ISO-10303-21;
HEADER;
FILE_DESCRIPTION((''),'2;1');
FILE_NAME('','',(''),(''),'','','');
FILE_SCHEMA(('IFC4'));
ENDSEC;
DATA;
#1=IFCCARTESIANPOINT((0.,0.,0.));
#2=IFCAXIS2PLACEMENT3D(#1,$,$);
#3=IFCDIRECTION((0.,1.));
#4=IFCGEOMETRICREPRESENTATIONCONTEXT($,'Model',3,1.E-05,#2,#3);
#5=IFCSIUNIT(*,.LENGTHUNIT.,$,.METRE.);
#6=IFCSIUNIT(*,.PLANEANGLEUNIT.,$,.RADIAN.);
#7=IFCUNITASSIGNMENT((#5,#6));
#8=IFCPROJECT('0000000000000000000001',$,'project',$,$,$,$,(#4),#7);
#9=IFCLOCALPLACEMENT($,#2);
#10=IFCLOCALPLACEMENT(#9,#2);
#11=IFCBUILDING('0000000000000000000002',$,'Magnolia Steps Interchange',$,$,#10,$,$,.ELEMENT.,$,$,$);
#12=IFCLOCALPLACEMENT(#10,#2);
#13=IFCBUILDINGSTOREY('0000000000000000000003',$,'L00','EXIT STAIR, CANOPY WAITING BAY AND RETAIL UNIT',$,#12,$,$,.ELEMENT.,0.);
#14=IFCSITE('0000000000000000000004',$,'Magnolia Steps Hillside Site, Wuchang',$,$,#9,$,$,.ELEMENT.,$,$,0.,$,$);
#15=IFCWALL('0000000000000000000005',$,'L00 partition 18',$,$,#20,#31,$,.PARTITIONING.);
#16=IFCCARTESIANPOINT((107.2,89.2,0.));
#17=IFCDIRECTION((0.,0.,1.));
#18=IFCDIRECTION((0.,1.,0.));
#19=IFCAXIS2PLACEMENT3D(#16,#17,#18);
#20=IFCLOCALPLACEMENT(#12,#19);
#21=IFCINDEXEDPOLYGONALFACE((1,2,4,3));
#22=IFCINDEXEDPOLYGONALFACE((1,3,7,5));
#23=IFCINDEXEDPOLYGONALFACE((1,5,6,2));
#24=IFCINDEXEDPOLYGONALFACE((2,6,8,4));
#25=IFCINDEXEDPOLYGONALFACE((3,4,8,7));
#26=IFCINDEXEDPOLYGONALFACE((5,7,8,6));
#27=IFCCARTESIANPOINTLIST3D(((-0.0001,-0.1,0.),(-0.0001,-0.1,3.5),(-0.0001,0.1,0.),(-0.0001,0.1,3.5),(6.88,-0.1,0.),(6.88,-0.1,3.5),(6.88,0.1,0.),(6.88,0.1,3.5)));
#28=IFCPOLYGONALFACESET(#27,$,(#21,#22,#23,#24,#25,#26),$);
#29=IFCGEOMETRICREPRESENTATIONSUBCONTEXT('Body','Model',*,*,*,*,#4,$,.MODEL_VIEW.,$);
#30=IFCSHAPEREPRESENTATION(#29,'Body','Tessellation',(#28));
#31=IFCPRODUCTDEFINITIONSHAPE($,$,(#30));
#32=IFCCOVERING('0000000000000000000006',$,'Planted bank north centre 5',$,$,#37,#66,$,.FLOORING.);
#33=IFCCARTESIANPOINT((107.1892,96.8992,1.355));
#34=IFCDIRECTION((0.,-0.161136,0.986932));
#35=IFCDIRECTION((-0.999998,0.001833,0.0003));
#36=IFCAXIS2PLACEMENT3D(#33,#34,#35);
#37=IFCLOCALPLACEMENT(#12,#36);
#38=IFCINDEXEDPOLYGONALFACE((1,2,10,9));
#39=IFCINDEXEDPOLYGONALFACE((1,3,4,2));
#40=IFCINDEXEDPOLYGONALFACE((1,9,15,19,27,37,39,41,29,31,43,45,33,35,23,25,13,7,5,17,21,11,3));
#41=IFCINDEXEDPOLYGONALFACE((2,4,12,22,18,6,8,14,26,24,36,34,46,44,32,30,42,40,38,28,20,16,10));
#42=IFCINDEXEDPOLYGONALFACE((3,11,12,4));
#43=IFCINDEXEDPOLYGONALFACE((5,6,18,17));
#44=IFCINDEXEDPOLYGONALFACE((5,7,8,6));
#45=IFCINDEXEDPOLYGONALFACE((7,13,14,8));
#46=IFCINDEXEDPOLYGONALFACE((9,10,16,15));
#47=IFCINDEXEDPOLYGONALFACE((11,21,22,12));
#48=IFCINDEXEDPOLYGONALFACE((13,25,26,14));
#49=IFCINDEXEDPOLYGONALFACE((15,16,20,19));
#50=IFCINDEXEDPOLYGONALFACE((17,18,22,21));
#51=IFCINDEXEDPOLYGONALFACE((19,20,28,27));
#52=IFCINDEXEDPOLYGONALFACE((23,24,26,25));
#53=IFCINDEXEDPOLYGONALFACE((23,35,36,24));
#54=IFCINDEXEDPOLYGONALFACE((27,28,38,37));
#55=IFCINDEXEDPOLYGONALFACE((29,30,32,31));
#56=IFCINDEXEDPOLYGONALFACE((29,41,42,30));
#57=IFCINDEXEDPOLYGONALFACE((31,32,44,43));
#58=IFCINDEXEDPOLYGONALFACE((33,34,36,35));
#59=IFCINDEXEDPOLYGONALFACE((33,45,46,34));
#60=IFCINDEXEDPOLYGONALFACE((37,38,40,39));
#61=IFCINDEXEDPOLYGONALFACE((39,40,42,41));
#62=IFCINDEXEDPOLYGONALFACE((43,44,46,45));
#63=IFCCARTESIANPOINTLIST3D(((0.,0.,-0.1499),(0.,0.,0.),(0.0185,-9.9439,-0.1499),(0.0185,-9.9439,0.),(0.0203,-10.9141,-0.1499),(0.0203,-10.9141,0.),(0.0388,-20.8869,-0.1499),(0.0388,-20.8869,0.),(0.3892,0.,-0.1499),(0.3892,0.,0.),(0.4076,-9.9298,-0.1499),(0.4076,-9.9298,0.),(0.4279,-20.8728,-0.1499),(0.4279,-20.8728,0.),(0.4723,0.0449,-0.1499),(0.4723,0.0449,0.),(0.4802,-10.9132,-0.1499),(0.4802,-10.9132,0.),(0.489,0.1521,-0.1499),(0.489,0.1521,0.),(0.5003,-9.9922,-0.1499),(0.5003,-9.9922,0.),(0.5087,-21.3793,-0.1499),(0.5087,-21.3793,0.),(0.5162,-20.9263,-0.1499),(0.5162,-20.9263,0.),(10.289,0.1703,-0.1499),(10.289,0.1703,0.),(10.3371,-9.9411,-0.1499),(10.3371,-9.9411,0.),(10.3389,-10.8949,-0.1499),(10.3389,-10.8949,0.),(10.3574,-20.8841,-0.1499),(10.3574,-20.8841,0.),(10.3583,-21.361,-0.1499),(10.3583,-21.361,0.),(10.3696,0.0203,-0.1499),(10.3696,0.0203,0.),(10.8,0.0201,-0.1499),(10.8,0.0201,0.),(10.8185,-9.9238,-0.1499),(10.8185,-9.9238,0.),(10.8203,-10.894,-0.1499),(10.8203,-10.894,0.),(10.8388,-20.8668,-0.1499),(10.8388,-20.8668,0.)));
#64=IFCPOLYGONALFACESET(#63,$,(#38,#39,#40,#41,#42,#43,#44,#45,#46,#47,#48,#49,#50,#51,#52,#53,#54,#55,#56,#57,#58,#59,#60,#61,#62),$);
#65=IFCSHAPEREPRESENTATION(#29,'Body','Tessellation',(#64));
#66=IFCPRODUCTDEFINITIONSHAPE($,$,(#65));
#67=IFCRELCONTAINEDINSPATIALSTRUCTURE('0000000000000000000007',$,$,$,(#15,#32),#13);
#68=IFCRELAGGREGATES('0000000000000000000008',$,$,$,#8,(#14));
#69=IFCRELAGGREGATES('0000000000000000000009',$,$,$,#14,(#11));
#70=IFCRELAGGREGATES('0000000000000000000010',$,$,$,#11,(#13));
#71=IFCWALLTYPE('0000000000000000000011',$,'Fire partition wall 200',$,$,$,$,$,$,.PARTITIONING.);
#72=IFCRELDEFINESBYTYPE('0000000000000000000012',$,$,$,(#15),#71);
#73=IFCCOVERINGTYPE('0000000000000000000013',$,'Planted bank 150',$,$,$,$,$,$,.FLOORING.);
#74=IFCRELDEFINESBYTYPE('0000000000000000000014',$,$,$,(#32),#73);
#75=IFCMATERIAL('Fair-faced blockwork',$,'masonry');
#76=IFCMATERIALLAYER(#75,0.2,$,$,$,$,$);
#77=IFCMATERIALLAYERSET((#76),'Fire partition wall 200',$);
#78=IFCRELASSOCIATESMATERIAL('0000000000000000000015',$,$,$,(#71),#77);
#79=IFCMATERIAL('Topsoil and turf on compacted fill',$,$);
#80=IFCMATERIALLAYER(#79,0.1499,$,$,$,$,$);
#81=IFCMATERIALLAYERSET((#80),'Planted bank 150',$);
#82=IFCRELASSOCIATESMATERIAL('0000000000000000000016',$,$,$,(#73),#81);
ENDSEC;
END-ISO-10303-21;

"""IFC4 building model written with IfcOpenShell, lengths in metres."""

from ifc_helpers import new_model, si_unit, direction, frame, frame_2d, origin, place, context, subcontext, project, spatial, polyline, rectangle, outline, extrude, material, layer, layer_set, type_object, element, save


model = new_model("IFC4")

# Units and contexts
model_context = context("Model", 3, precision=1e-05, world=origin(), true_north=direction((0.0, 1.0)))
body_context = subcontext(model_context, "Body", "Model", "MODEL_VIEW")
ifc_project = project(units=[si_unit("LENGTHUNIT", "METRE"), si_unit("PLANEANGLEUNIT", "RADIAN")], contexts=[model_context])

# Site, building, storey
site_placement = place(None, origin())
site = spatial("IfcSite", under=ifc_project, at=site_placement, Name="Magnolia Steps Hillside Site, Wuchang", CompositionType="ELEMENT", RefElevation=0.0)
building_placement = place(site_placement, origin())
building = spatial("IfcBuilding", under=site, at=building_placement, Name="Magnolia Steps Interchange", CompositionType="ELEMENT")
storey_placement = place(building_placement, origin())
storey = spatial("IfcBuildingStorey", under=building, at=storey_placement, Name="L00", Description="EXIT STAIR, CANOPY WAITING BAY AND RETAIL UNIT", CompositionType="ELEMENT", Elevation=0.0)

# Shared definitions
ifc_material_1 = material(Name="Fair-faced blockwork", Category="masonry")
ifc_layer_1 = layer(ifc_material_1, 0.2)
ifc_layer_set_1 = layer_set([ifc_layer_1], Name="Fire partition wall 200")
wall_type_1 = type_object("IfcWallType", Name="Fire partition wall 200", PredefinedType="PARTITIONING", material=ifc_layer_set_1)

# Wall
wall_1_placement = place(storey_placement, frame((107.2, 89.2, 0.0), z_axis=(0.0, 0.0, 1.0), x_axis=(0.0, 1.0, 0.0)))
element("IfcWall", 1, at=wall_1_placement, inside=storey, type_object=wall_type_1, Name="L00 partition 18", PredefinedType="PARTITIONING", context=body_context, shape_type="SweptSolid", body=[
    extrude(rectangle(XDim=6.8801, YDim=0.2, at=frame_2d((3.4399, 0.0))), origin(), (0.0, 0.0, 1.0), 3.5),
])

# Covering
ifc_material_2 = material(Name="Topsoil and turf on compacted fill")
ifc_layer_2 = layer(ifc_material_2, 0.1499)
ifc_layer_set_2 = layer_set([ifc_layer_2], Name="Planted bank 150")
covering_type = type_object("IfcCoveringType", Name="Planted bank 150", PredefinedType="FLOORING", material=ifc_layer_set_2)
covering_placement = place(storey_placement, frame((107.1892, 96.8992, 1.355), z_axis=(0.0, -0.161136, 0.986932), x_axis=(-0.999998, 0.001833, 0.0003)))
element("IfcCovering", 2, at=covering_placement, inside=storey, type_object=covering_type, Name="Planted bank north centre 5", PredefinedType="FLOORING", context=body_context, shape_type="SweptSolid", body=[
    extrude(outline(polyline([(0.0, 0.0), (0.3892, 0.0), (0.4723, 0.0449), (0.489, 0.1521), (10.289, 0.1703), (10.3696, 0.0203), (10.8, 0.0201), (10.8185, -9.9238), (10.3371, -9.9411), (10.3389, -10.8949), (10.8203, -10.894), (10.8388, -20.8668), (10.3574, -20.8841), (10.3583, -21.361), (0.5087, -21.3793), (0.5162, -20.9263), (0.4279, -20.8728), (0.0388, -20.8869), (0.0203, -10.9141), (0.4802, -10.9132), (0.5003, -9.9922), (0.4076, -9.9298), (0.0185, -9.9439), (0.0, 0.0)])), origin(), (0.0, 0.0, -1.0), 0.1499),
])

save(model, "model.ifc")
